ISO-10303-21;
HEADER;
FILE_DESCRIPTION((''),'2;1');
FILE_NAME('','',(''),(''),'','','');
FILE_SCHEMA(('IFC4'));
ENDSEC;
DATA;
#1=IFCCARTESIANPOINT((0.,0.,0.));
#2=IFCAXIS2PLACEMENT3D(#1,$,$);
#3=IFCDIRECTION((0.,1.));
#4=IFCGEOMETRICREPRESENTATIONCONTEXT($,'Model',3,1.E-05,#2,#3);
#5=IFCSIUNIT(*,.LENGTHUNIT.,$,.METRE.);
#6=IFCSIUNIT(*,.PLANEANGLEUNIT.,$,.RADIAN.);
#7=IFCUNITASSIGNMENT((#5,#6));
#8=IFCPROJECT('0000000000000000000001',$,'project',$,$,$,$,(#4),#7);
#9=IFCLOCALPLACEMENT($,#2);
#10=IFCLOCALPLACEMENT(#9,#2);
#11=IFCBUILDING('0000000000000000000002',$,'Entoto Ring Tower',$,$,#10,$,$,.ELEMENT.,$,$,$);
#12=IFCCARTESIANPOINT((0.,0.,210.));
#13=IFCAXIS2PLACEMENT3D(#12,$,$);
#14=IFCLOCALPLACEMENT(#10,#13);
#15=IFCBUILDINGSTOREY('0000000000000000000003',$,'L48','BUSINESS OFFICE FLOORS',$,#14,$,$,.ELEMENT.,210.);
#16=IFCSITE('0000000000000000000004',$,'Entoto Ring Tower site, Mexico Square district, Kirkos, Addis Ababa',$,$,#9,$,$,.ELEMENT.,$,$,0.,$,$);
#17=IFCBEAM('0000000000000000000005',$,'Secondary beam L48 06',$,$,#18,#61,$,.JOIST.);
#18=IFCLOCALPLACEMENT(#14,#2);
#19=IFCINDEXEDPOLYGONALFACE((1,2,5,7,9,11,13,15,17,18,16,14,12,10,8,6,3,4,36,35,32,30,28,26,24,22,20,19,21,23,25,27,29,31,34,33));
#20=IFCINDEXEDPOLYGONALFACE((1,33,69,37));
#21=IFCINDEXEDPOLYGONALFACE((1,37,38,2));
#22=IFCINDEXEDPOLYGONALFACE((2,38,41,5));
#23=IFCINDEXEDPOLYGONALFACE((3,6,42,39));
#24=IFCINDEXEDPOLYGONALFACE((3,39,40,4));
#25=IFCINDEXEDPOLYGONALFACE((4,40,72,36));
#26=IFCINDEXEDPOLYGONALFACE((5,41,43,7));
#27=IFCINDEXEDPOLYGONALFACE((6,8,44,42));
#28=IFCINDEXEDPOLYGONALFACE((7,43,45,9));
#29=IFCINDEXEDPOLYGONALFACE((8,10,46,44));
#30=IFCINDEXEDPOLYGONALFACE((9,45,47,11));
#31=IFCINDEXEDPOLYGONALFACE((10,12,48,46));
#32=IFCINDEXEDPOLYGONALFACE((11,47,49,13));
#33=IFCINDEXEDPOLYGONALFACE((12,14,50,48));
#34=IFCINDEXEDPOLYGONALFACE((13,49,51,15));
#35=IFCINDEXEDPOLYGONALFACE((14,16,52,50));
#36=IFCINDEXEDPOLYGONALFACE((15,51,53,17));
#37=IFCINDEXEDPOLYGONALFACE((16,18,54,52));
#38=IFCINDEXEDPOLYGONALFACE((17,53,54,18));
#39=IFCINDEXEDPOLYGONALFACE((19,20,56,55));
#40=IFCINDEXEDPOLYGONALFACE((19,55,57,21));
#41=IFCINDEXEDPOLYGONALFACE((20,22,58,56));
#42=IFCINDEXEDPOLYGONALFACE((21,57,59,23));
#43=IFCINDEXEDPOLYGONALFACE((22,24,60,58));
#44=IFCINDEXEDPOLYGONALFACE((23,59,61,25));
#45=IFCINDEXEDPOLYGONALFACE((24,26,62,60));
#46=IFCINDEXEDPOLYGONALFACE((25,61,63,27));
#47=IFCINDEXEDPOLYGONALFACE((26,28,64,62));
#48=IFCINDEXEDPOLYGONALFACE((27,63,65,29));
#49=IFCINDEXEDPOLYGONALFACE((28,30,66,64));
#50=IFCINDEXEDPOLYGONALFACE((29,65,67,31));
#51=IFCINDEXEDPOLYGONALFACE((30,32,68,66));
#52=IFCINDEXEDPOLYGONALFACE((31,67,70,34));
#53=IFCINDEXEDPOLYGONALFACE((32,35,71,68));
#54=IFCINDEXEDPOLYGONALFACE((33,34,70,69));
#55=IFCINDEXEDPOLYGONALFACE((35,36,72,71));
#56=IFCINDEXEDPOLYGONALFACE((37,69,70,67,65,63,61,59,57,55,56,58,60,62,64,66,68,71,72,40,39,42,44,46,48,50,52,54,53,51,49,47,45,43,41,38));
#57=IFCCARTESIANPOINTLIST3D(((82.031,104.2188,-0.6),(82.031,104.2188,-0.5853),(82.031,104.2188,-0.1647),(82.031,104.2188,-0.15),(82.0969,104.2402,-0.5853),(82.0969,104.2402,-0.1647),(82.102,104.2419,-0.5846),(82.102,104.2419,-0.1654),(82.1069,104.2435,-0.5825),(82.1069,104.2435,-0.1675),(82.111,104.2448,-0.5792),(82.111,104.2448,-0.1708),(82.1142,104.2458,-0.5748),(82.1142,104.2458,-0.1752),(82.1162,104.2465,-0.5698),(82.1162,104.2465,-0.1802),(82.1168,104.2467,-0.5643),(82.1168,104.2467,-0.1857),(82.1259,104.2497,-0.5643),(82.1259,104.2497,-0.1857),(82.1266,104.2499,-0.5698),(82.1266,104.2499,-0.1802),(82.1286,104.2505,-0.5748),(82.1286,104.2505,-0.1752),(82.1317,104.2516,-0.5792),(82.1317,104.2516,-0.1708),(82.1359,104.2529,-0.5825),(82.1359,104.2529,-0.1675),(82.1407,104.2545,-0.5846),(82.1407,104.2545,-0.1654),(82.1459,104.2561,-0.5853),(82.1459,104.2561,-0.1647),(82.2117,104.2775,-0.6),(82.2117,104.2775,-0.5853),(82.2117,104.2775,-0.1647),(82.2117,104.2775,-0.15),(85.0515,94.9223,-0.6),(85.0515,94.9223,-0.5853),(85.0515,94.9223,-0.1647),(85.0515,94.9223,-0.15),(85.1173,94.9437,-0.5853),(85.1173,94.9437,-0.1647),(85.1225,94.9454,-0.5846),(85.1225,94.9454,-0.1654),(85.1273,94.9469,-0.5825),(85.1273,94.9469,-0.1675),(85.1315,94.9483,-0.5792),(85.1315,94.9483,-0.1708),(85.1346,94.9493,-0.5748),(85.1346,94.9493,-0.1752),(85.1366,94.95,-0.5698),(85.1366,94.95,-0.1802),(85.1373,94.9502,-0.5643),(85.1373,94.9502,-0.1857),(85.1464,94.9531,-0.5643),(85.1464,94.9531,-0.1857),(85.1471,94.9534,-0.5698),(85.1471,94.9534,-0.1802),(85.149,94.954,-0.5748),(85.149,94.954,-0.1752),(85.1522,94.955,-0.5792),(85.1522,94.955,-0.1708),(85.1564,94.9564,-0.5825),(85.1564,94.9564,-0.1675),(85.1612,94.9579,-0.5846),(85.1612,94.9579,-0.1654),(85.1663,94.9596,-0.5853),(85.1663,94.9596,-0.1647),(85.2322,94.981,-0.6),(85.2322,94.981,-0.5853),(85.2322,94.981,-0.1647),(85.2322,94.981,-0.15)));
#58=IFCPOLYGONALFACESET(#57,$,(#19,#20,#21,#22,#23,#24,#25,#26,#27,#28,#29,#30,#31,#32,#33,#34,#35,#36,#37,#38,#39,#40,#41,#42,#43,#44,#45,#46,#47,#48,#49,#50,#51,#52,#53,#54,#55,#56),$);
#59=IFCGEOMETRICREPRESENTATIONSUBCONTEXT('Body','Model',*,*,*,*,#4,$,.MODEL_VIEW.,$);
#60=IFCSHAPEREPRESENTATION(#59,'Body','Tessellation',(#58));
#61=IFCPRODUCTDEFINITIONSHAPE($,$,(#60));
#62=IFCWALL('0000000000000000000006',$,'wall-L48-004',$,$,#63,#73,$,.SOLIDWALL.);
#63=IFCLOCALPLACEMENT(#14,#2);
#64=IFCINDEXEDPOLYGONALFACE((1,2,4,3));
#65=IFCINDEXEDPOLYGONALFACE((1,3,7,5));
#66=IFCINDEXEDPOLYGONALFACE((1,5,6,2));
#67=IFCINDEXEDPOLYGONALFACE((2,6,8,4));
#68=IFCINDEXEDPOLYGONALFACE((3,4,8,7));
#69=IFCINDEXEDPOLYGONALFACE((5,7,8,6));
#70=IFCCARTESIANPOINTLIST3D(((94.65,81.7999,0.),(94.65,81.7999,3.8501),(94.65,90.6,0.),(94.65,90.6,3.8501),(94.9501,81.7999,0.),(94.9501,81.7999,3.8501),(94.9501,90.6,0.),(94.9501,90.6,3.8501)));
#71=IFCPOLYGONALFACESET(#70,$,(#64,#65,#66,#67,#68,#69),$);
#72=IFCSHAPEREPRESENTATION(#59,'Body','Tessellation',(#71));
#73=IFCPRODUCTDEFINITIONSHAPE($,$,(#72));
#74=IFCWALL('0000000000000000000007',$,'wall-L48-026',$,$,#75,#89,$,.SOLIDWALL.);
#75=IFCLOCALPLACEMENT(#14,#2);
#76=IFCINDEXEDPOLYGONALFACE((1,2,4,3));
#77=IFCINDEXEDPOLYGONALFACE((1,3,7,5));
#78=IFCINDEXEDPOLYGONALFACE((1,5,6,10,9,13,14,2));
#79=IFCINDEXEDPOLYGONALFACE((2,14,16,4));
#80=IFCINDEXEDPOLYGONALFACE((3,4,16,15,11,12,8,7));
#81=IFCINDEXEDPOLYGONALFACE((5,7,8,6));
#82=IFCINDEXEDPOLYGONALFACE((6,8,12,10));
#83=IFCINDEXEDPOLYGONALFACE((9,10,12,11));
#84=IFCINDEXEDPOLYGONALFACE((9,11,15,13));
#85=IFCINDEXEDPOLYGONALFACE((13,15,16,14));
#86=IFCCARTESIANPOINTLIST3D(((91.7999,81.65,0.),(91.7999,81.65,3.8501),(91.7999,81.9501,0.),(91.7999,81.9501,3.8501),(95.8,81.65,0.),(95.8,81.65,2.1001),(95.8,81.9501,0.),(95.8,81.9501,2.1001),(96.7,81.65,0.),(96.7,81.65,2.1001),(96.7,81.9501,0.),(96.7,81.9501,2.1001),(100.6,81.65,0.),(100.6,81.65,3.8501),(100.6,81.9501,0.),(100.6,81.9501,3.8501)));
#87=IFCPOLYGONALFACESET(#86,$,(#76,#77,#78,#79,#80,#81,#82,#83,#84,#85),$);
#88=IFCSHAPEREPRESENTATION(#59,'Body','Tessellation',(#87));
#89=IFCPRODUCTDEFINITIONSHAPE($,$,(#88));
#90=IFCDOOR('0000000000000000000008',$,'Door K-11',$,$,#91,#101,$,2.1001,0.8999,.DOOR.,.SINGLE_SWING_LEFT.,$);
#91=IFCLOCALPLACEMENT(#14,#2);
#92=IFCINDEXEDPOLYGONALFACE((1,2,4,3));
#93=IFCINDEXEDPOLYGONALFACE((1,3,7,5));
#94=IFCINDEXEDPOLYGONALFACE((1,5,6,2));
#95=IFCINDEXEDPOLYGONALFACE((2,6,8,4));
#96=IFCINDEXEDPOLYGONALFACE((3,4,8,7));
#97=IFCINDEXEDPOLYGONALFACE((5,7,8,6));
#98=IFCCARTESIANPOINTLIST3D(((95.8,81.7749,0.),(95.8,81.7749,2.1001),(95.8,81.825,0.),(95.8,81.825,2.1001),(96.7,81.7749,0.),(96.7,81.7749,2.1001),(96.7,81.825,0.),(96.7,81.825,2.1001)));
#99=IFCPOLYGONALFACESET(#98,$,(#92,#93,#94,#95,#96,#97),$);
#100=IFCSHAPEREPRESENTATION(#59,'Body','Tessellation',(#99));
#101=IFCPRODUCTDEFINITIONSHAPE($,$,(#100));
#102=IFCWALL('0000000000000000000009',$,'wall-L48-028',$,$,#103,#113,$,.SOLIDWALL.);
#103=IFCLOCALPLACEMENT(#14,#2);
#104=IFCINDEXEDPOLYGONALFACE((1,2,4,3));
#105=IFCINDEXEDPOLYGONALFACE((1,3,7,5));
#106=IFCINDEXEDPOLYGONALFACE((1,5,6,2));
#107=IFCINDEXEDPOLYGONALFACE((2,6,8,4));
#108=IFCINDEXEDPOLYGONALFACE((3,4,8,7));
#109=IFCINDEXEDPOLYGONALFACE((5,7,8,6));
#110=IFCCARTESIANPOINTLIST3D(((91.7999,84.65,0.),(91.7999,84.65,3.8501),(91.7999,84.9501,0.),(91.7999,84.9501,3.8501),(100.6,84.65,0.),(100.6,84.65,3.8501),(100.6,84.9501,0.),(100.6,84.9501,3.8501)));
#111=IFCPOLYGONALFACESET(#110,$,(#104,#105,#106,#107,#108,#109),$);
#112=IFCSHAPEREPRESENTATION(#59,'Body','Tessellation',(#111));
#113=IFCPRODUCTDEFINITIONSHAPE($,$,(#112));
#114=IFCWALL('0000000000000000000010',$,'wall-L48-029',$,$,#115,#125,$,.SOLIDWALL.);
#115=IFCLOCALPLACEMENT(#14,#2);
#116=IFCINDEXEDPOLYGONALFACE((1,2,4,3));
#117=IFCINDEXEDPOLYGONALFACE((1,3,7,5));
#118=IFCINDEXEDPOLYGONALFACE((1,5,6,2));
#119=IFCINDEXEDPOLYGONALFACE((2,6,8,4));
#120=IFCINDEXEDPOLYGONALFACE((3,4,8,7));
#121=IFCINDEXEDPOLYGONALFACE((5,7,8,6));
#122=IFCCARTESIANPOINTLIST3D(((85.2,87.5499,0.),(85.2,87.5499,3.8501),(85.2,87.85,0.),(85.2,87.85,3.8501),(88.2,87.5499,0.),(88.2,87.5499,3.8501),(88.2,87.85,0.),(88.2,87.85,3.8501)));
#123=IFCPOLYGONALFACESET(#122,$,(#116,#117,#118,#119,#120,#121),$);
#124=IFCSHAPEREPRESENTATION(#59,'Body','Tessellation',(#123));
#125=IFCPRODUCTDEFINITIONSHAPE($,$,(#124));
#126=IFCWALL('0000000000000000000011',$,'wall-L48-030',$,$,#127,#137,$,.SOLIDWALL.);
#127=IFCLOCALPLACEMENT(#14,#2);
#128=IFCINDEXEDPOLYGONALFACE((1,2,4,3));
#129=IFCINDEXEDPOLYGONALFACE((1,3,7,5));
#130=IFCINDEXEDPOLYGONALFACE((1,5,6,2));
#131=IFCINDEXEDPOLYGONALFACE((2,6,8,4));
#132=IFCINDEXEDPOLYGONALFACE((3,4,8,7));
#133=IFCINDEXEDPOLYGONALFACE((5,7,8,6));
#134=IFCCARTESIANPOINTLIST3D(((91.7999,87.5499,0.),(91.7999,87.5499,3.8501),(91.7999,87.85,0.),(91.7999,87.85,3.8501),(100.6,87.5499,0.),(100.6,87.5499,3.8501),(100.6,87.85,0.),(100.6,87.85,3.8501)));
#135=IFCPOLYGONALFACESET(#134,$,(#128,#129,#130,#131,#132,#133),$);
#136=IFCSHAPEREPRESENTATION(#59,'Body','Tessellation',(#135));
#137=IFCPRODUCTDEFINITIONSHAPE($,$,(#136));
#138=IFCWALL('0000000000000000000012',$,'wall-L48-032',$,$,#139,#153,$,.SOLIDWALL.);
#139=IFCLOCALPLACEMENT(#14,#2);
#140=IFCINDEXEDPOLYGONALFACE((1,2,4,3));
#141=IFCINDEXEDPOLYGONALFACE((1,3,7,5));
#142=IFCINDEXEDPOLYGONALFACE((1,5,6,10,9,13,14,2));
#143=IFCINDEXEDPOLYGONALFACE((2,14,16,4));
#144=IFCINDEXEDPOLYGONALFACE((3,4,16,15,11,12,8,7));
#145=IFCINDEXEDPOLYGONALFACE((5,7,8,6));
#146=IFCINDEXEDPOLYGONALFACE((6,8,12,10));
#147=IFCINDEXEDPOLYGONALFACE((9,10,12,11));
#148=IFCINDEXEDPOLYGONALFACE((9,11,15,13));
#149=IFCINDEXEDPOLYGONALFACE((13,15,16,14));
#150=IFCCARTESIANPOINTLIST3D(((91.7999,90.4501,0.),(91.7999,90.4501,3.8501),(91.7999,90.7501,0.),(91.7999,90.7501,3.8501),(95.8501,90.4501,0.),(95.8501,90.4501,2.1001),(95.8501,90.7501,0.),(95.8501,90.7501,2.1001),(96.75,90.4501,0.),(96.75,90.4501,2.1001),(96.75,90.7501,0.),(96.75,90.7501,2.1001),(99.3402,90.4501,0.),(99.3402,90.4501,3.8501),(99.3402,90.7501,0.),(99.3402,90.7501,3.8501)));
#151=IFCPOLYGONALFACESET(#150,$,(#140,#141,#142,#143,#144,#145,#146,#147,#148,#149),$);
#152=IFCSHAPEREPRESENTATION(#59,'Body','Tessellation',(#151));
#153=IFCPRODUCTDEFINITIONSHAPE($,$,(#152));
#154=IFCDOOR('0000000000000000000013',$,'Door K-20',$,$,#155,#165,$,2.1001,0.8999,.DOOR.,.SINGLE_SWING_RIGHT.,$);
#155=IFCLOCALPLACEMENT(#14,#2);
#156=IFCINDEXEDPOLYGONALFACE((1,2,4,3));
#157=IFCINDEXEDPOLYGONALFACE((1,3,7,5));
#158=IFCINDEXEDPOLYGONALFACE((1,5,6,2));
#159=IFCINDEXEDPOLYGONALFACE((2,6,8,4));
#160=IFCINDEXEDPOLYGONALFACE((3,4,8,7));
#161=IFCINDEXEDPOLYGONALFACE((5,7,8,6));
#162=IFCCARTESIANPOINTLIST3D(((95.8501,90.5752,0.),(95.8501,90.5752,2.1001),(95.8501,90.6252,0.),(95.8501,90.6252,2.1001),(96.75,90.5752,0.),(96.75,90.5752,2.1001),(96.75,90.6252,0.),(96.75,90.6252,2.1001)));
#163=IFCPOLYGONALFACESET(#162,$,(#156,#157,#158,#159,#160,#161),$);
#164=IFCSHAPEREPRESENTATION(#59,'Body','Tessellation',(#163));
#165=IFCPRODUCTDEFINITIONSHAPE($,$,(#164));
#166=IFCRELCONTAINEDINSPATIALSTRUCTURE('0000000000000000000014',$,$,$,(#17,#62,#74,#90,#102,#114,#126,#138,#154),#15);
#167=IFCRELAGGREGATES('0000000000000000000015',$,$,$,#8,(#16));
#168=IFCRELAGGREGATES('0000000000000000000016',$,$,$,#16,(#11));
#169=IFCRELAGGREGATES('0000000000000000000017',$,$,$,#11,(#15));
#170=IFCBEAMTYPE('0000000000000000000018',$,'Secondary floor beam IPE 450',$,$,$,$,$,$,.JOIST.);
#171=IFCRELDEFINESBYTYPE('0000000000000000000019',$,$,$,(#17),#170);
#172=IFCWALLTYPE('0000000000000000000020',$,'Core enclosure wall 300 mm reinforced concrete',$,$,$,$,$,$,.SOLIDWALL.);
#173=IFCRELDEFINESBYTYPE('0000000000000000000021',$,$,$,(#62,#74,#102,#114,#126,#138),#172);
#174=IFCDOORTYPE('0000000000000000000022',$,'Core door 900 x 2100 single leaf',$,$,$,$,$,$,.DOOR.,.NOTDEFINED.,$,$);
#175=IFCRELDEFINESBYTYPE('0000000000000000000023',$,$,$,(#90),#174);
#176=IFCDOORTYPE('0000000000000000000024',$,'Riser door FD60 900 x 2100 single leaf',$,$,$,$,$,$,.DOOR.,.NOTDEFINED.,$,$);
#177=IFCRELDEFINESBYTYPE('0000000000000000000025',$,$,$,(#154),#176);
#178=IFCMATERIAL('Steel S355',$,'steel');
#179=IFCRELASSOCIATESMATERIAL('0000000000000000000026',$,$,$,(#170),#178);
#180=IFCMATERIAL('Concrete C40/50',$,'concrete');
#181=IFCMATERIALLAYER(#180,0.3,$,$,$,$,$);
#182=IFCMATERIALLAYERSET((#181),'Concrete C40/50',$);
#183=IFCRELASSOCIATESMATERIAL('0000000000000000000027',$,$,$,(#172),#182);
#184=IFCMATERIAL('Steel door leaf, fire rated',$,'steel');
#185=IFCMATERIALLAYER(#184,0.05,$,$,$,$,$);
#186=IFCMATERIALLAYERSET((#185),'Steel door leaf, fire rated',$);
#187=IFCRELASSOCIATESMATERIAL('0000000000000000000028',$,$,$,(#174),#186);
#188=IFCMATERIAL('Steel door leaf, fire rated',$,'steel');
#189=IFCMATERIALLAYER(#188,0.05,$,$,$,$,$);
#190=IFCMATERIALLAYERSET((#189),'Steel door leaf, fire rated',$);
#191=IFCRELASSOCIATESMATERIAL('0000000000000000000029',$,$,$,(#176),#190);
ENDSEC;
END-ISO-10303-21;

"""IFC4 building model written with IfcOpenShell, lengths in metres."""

from ifc_helpers import new_model, si_unit, direction, frame, frame_2d, origin, origin_2d, place, context, subcontext, project, spatial, rectangle, i_section, extrude, material, layer, layer_set, material_profile, profile_set, type_object, element, fill, save


model = new_model("IFC4")

# Units and contexts
model_context = context("Model", 3, precision=1e-05, world=origin(), true_north=direction((0.0, 1.0)))
body_context = subcontext(model_context, "Body", "Model", "MODEL_VIEW")
ifc_project = project(units=[si_unit("LENGTHUNIT", "METRE"), si_unit("PLANEANGLEUNIT", "RADIAN")], contexts=[model_context])

# Site, building, storey
site_placement = place(None, origin())
site = spatial("IfcSite", under=ifc_project, at=site_placement, Name="Entoto Ring Tower site, Mexico Square district, Kirkos, Addis Ababa", CompositionType="ELEMENT", RefElevation=0.0)
building_placement = place(site_placement, origin())
building = spatial("IfcBuilding", under=site, at=building_placement, Name="Entoto Ring Tower", CompositionType="ELEMENT")
storey_placement = place(building_placement, frame((0.0, 0.0, 210.0)))
storey = spatial("IfcBuildingStorey", under=building, at=storey_placement, Name="L48", Description="BUSINESS OFFICE FLOORS", CompositionType="ELEMENT", Elevation=210.0)

# Beam
ifc_material_1 = material(Name="Steel S355", Category="steel")
ifc_material_profile_1 = material_profile(ifc_material_1, i_section(OverallWidth=0.1899, OverallDepth=0.45, WebThickness=0.0095, FlangeThickness=0.0146, FilletRadius=0.021, at=origin_2d()), Name="IPE 450")
ifc_profile_set_1 = profile_set([ifc_material_profile_1], Name="Steel S355")
beam_type_1 = type_object("IfcBeamType", Name="Secondary floor beam IPE 450", PredefinedType="JOIST", material=ifc_profile_set_1)
beam_1_placement = place(storey_placement, frame((85.1418, 94.9517, -0.375), z_axis=(-0.309003, 0.951061, 0.0), x_axis=(-0.951061, -0.309003, 0.0)))
element("IfcBeam", 1, at=beam_1_placement, inside=storey, type_object=beam_type_1, Name="Secondary beam L48 06", PredefinedType="JOIST", context=body_context, shape_type="SweptSolid", body=[
    extrude(i_section(OverallWidth=0.1899, OverallDepth=0.45, WebThickness=0.0095, FlangeThickness=0.0146, FilletRadius=0.021, at=origin_2d()), origin(), (0.0, 0.0, 1.0), 9.7749),
])

# Wall
ifc_material_2 = material(Name="Concrete C40/50", Category="concrete")
ifc_layer_1 = layer(ifc_material_2, 0.3)
ifc_layer_set_1 = layer_set([ifc_layer_1], Name="Concrete C40/50")
wall_type_1 = type_object("IfcWallType", Name="Core enclosure wall 300 mm reinforced concrete", PredefinedType="SOLIDWALL", material=ifc_layer_set_1)
wall_1_placement = place(storey_placement, frame((94.8, 81.8, 0.0), z_axis=(0.0, 0.0, 1.0), x_axis=(0.0, 1.0, 0.0)))
element("IfcWall", 2, at=wall_1_placement, inside=storey, type_object=wall_type_1, Name="wall-L48-004", PredefinedType="SOLIDWALL", context=body_context, shape_type="SweptSolid", body=[
    extrude(rectangle(XDim=8.8, YDim=0.3, at=frame_2d((4.3999, 0.0))), origin(), (0.0, 0.0, 1.0), 3.8501),
])

# Wall, opening, door
wall_2_placement = place(storey_placement, frame((91.8, 81.8, 0.0), z_axis=(0.0, 0.0, 1.0), x_axis=(1.0, 0.0, 0.0)))
wall_2 = element("IfcWall", 3, at=wall_2_placement, inside=storey, type_object=wall_type_1, Name="wall-L48-026", PredefinedType="SOLIDWALL", context=body_context, shape_type="SweptSolid", body=[
    extrude(rectangle(XDim=8.8, YDim=0.3, at=frame_2d((4.3999, 0.0))), origin(), (0.0, 0.0, 1.0), 3.8501),
])
opening_1_placement = place(wall_2_placement, frame((4.0, 0.0, 0.0)))
opening_1 = element("IfcOpeningElement", 4, at=opening_1_placement, cuts=wall_2, PredefinedType="OPENING", context=body_context, shape_type="SweptSolid", body=[
    extrude(rectangle(XDim=0.8999, YDim=2.1001, at=frame_2d((0.45, 1.05))), frame((0.0, 0.1602, 0.0), z_axis=(0.0, -1.0, 0.0), x_axis=(1.0, 0.0, 0.0)), (0.0, 0.0, 1.0), 0.3201),
])
ifc_material_3 = material(Name="Steel door leaf, fire rated", Category="steel")
ifc_layer_2 = layer(ifc_material_3, 0.05)
ifc_layer_set_2 = layer_set([ifc_layer_2], Name="Steel door leaf, fire rated")
door_type_1 = type_object("IfcDoorType", Name="Core door 900 x 2100 single leaf", OperationType="NOTDEFINED", PredefinedType="DOOR", material=ifc_layer_set_2)
door_1_placement = place(opening_1_placement, origin())
door_1 = element("IfcDoor", 5, at=door_1_placement, inside=storey, type_object=door_type_1, Name="Door K-11", OperationType="SINGLE_SWING_LEFT", OverallHeight=2.1001, OverallWidth=0.8999, PredefinedType="DOOR", context=body_context, shape_type="SweptSolid", body=[
    extrude(rectangle(XDim=0.8999, YDim=2.1001, at=frame_2d((0.45, 1.05))), frame((0.0, 0.0249, 0.0), z_axis=(0.0, -1.0, 0.0), x_axis=(1.0, 0.0, 0.0)), (0.0, 0.0, 1.0), 0.05),
])
fill(opening_1, door_1)

# Walls
wall_3_placement = place(storey_placement, frame((91.8, 84.8, 0.0), z_axis=(0.0, 0.0, 1.0), x_axis=(1.0, 0.0, 0.0)))
element("IfcWall", 6, at=wall_3_placement, inside=storey, type_object=wall_type_1, Name="wall-L48-028", PredefinedType="SOLIDWALL", context=body_context, shape_type="SweptSolid", body=[
    extrude(rectangle(XDim=8.8, YDim=0.3, at=frame_2d((4.3999, 0.0))), origin(), (0.0, 0.0, 1.0), 3.8501),
])
wall_4_placement = place(storey_placement, frame((85.2, 87.7, 0.0), z_axis=(0.0, 0.0, 1.0), x_axis=(1.0, 0.0, 0.0)))
element("IfcWall", 7, at=wall_4_placement, inside=storey, type_object=wall_type_1, Name="wall-L48-029", PredefinedType="SOLIDWALL", context=body_context, shape_type="SweptSolid", body=[
    extrude(rectangle(XDim=3.0, YDim=0.3, at=frame_2d((1.5, 0.0))), origin(), (0.0, 0.0, 1.0), 3.8501),
])
wall_5_placement = place(storey_placement, frame((91.8, 87.7, 0.0), z_axis=(0.0, 0.0, 1.0), x_axis=(1.0, 0.0, 0.0)))
element("IfcWall", 8, at=wall_5_placement, inside=storey, type_object=wall_type_1, Name="wall-L48-030", PredefinedType="SOLIDWALL", context=body_context, shape_type="SweptSolid", body=[
    extrude(rectangle(XDim=8.8, YDim=0.3, at=frame_2d((4.3999, 0.0))), origin(), (0.0, 0.0, 1.0), 3.8501),
])

# Wall, opening, door
wall_6_placement = place(storey_placement, frame((91.8, 90.6001, 0.0), z_axis=(0.0, 0.0, 1.0), x_axis=(1.0, 0.0, 0.0)))
wall_6 = element("IfcWall", 9, at=wall_6_placement, inside=storey, type_object=wall_type_1, Name="wall-L48-032", PredefinedType="SOLIDWALL", context=body_context, shape_type="SweptSolid", body=[
    extrude(rectangle(XDim=7.5403, YDim=0.3, at=frame_2d((3.77, 0.0))), origin(), (0.0, 0.0, 1.0), 3.8501),
])
opening_2_placement = place(wall_6_placement, frame((4.05, 0.0, 0.0)))
opening_2 = element("IfcOpeningElement", 10, at=opening_2_placement, cuts=wall_6, PredefinedType="OPENING", context=body_context, shape_type="SweptSolid", body=[
    extrude(rectangle(XDim=0.8999, YDim=2.1001, at=frame_2d((0.45, 1.05))), frame((0.0, 0.1602, 0.0), z_axis=(0.0, -1.0, 0.0), x_axis=(1.0, 0.0, 0.0)), (0.0, 0.0, 1.0), 0.3201),
])
ifc_material_4 = material(Name="Steel door leaf, fire rated", Category="steel")
ifc_layer_3 = layer(ifc_material_4, 0.05)
ifc_layer_set_3 = layer_set([ifc_layer_3], Name="Steel door leaf, fire rated")
door_type_2 = type_object("IfcDoorType", Name="Riser door FD60 900 x 2100 single leaf", OperationType="NOTDEFINED", PredefinedType="DOOR", material=ifc_layer_set_3)
door_2_placement = place(opening_2_placement, frame((0.8999, 0.0, 0.0), z_axis=(0.0, 0.0, 1.0), x_axis=(-1.0, 0.0, 0.0)))
door_2 = element("IfcDoor", 11, at=door_2_placement, inside=storey, type_object=door_type_2, Name="Door K-20", OperationType="SINGLE_SWING_RIGHT", OverallHeight=2.1001, OverallWidth=0.8999, PredefinedType="DOOR", context=body_context, shape_type="SweptSolid", body=[
    extrude(rectangle(XDim=0.8999, YDim=2.1001, at=frame_2d((0.45, 1.05))), frame((0.0, 0.0249, 0.0), z_axis=(0.0, -1.0, 0.0), x_axis=(1.0, 0.0, 0.0)), (0.0, 0.0, 1.0), 0.05),
])
fill(opening_2, door_2)

save(model, "model.ifc")
